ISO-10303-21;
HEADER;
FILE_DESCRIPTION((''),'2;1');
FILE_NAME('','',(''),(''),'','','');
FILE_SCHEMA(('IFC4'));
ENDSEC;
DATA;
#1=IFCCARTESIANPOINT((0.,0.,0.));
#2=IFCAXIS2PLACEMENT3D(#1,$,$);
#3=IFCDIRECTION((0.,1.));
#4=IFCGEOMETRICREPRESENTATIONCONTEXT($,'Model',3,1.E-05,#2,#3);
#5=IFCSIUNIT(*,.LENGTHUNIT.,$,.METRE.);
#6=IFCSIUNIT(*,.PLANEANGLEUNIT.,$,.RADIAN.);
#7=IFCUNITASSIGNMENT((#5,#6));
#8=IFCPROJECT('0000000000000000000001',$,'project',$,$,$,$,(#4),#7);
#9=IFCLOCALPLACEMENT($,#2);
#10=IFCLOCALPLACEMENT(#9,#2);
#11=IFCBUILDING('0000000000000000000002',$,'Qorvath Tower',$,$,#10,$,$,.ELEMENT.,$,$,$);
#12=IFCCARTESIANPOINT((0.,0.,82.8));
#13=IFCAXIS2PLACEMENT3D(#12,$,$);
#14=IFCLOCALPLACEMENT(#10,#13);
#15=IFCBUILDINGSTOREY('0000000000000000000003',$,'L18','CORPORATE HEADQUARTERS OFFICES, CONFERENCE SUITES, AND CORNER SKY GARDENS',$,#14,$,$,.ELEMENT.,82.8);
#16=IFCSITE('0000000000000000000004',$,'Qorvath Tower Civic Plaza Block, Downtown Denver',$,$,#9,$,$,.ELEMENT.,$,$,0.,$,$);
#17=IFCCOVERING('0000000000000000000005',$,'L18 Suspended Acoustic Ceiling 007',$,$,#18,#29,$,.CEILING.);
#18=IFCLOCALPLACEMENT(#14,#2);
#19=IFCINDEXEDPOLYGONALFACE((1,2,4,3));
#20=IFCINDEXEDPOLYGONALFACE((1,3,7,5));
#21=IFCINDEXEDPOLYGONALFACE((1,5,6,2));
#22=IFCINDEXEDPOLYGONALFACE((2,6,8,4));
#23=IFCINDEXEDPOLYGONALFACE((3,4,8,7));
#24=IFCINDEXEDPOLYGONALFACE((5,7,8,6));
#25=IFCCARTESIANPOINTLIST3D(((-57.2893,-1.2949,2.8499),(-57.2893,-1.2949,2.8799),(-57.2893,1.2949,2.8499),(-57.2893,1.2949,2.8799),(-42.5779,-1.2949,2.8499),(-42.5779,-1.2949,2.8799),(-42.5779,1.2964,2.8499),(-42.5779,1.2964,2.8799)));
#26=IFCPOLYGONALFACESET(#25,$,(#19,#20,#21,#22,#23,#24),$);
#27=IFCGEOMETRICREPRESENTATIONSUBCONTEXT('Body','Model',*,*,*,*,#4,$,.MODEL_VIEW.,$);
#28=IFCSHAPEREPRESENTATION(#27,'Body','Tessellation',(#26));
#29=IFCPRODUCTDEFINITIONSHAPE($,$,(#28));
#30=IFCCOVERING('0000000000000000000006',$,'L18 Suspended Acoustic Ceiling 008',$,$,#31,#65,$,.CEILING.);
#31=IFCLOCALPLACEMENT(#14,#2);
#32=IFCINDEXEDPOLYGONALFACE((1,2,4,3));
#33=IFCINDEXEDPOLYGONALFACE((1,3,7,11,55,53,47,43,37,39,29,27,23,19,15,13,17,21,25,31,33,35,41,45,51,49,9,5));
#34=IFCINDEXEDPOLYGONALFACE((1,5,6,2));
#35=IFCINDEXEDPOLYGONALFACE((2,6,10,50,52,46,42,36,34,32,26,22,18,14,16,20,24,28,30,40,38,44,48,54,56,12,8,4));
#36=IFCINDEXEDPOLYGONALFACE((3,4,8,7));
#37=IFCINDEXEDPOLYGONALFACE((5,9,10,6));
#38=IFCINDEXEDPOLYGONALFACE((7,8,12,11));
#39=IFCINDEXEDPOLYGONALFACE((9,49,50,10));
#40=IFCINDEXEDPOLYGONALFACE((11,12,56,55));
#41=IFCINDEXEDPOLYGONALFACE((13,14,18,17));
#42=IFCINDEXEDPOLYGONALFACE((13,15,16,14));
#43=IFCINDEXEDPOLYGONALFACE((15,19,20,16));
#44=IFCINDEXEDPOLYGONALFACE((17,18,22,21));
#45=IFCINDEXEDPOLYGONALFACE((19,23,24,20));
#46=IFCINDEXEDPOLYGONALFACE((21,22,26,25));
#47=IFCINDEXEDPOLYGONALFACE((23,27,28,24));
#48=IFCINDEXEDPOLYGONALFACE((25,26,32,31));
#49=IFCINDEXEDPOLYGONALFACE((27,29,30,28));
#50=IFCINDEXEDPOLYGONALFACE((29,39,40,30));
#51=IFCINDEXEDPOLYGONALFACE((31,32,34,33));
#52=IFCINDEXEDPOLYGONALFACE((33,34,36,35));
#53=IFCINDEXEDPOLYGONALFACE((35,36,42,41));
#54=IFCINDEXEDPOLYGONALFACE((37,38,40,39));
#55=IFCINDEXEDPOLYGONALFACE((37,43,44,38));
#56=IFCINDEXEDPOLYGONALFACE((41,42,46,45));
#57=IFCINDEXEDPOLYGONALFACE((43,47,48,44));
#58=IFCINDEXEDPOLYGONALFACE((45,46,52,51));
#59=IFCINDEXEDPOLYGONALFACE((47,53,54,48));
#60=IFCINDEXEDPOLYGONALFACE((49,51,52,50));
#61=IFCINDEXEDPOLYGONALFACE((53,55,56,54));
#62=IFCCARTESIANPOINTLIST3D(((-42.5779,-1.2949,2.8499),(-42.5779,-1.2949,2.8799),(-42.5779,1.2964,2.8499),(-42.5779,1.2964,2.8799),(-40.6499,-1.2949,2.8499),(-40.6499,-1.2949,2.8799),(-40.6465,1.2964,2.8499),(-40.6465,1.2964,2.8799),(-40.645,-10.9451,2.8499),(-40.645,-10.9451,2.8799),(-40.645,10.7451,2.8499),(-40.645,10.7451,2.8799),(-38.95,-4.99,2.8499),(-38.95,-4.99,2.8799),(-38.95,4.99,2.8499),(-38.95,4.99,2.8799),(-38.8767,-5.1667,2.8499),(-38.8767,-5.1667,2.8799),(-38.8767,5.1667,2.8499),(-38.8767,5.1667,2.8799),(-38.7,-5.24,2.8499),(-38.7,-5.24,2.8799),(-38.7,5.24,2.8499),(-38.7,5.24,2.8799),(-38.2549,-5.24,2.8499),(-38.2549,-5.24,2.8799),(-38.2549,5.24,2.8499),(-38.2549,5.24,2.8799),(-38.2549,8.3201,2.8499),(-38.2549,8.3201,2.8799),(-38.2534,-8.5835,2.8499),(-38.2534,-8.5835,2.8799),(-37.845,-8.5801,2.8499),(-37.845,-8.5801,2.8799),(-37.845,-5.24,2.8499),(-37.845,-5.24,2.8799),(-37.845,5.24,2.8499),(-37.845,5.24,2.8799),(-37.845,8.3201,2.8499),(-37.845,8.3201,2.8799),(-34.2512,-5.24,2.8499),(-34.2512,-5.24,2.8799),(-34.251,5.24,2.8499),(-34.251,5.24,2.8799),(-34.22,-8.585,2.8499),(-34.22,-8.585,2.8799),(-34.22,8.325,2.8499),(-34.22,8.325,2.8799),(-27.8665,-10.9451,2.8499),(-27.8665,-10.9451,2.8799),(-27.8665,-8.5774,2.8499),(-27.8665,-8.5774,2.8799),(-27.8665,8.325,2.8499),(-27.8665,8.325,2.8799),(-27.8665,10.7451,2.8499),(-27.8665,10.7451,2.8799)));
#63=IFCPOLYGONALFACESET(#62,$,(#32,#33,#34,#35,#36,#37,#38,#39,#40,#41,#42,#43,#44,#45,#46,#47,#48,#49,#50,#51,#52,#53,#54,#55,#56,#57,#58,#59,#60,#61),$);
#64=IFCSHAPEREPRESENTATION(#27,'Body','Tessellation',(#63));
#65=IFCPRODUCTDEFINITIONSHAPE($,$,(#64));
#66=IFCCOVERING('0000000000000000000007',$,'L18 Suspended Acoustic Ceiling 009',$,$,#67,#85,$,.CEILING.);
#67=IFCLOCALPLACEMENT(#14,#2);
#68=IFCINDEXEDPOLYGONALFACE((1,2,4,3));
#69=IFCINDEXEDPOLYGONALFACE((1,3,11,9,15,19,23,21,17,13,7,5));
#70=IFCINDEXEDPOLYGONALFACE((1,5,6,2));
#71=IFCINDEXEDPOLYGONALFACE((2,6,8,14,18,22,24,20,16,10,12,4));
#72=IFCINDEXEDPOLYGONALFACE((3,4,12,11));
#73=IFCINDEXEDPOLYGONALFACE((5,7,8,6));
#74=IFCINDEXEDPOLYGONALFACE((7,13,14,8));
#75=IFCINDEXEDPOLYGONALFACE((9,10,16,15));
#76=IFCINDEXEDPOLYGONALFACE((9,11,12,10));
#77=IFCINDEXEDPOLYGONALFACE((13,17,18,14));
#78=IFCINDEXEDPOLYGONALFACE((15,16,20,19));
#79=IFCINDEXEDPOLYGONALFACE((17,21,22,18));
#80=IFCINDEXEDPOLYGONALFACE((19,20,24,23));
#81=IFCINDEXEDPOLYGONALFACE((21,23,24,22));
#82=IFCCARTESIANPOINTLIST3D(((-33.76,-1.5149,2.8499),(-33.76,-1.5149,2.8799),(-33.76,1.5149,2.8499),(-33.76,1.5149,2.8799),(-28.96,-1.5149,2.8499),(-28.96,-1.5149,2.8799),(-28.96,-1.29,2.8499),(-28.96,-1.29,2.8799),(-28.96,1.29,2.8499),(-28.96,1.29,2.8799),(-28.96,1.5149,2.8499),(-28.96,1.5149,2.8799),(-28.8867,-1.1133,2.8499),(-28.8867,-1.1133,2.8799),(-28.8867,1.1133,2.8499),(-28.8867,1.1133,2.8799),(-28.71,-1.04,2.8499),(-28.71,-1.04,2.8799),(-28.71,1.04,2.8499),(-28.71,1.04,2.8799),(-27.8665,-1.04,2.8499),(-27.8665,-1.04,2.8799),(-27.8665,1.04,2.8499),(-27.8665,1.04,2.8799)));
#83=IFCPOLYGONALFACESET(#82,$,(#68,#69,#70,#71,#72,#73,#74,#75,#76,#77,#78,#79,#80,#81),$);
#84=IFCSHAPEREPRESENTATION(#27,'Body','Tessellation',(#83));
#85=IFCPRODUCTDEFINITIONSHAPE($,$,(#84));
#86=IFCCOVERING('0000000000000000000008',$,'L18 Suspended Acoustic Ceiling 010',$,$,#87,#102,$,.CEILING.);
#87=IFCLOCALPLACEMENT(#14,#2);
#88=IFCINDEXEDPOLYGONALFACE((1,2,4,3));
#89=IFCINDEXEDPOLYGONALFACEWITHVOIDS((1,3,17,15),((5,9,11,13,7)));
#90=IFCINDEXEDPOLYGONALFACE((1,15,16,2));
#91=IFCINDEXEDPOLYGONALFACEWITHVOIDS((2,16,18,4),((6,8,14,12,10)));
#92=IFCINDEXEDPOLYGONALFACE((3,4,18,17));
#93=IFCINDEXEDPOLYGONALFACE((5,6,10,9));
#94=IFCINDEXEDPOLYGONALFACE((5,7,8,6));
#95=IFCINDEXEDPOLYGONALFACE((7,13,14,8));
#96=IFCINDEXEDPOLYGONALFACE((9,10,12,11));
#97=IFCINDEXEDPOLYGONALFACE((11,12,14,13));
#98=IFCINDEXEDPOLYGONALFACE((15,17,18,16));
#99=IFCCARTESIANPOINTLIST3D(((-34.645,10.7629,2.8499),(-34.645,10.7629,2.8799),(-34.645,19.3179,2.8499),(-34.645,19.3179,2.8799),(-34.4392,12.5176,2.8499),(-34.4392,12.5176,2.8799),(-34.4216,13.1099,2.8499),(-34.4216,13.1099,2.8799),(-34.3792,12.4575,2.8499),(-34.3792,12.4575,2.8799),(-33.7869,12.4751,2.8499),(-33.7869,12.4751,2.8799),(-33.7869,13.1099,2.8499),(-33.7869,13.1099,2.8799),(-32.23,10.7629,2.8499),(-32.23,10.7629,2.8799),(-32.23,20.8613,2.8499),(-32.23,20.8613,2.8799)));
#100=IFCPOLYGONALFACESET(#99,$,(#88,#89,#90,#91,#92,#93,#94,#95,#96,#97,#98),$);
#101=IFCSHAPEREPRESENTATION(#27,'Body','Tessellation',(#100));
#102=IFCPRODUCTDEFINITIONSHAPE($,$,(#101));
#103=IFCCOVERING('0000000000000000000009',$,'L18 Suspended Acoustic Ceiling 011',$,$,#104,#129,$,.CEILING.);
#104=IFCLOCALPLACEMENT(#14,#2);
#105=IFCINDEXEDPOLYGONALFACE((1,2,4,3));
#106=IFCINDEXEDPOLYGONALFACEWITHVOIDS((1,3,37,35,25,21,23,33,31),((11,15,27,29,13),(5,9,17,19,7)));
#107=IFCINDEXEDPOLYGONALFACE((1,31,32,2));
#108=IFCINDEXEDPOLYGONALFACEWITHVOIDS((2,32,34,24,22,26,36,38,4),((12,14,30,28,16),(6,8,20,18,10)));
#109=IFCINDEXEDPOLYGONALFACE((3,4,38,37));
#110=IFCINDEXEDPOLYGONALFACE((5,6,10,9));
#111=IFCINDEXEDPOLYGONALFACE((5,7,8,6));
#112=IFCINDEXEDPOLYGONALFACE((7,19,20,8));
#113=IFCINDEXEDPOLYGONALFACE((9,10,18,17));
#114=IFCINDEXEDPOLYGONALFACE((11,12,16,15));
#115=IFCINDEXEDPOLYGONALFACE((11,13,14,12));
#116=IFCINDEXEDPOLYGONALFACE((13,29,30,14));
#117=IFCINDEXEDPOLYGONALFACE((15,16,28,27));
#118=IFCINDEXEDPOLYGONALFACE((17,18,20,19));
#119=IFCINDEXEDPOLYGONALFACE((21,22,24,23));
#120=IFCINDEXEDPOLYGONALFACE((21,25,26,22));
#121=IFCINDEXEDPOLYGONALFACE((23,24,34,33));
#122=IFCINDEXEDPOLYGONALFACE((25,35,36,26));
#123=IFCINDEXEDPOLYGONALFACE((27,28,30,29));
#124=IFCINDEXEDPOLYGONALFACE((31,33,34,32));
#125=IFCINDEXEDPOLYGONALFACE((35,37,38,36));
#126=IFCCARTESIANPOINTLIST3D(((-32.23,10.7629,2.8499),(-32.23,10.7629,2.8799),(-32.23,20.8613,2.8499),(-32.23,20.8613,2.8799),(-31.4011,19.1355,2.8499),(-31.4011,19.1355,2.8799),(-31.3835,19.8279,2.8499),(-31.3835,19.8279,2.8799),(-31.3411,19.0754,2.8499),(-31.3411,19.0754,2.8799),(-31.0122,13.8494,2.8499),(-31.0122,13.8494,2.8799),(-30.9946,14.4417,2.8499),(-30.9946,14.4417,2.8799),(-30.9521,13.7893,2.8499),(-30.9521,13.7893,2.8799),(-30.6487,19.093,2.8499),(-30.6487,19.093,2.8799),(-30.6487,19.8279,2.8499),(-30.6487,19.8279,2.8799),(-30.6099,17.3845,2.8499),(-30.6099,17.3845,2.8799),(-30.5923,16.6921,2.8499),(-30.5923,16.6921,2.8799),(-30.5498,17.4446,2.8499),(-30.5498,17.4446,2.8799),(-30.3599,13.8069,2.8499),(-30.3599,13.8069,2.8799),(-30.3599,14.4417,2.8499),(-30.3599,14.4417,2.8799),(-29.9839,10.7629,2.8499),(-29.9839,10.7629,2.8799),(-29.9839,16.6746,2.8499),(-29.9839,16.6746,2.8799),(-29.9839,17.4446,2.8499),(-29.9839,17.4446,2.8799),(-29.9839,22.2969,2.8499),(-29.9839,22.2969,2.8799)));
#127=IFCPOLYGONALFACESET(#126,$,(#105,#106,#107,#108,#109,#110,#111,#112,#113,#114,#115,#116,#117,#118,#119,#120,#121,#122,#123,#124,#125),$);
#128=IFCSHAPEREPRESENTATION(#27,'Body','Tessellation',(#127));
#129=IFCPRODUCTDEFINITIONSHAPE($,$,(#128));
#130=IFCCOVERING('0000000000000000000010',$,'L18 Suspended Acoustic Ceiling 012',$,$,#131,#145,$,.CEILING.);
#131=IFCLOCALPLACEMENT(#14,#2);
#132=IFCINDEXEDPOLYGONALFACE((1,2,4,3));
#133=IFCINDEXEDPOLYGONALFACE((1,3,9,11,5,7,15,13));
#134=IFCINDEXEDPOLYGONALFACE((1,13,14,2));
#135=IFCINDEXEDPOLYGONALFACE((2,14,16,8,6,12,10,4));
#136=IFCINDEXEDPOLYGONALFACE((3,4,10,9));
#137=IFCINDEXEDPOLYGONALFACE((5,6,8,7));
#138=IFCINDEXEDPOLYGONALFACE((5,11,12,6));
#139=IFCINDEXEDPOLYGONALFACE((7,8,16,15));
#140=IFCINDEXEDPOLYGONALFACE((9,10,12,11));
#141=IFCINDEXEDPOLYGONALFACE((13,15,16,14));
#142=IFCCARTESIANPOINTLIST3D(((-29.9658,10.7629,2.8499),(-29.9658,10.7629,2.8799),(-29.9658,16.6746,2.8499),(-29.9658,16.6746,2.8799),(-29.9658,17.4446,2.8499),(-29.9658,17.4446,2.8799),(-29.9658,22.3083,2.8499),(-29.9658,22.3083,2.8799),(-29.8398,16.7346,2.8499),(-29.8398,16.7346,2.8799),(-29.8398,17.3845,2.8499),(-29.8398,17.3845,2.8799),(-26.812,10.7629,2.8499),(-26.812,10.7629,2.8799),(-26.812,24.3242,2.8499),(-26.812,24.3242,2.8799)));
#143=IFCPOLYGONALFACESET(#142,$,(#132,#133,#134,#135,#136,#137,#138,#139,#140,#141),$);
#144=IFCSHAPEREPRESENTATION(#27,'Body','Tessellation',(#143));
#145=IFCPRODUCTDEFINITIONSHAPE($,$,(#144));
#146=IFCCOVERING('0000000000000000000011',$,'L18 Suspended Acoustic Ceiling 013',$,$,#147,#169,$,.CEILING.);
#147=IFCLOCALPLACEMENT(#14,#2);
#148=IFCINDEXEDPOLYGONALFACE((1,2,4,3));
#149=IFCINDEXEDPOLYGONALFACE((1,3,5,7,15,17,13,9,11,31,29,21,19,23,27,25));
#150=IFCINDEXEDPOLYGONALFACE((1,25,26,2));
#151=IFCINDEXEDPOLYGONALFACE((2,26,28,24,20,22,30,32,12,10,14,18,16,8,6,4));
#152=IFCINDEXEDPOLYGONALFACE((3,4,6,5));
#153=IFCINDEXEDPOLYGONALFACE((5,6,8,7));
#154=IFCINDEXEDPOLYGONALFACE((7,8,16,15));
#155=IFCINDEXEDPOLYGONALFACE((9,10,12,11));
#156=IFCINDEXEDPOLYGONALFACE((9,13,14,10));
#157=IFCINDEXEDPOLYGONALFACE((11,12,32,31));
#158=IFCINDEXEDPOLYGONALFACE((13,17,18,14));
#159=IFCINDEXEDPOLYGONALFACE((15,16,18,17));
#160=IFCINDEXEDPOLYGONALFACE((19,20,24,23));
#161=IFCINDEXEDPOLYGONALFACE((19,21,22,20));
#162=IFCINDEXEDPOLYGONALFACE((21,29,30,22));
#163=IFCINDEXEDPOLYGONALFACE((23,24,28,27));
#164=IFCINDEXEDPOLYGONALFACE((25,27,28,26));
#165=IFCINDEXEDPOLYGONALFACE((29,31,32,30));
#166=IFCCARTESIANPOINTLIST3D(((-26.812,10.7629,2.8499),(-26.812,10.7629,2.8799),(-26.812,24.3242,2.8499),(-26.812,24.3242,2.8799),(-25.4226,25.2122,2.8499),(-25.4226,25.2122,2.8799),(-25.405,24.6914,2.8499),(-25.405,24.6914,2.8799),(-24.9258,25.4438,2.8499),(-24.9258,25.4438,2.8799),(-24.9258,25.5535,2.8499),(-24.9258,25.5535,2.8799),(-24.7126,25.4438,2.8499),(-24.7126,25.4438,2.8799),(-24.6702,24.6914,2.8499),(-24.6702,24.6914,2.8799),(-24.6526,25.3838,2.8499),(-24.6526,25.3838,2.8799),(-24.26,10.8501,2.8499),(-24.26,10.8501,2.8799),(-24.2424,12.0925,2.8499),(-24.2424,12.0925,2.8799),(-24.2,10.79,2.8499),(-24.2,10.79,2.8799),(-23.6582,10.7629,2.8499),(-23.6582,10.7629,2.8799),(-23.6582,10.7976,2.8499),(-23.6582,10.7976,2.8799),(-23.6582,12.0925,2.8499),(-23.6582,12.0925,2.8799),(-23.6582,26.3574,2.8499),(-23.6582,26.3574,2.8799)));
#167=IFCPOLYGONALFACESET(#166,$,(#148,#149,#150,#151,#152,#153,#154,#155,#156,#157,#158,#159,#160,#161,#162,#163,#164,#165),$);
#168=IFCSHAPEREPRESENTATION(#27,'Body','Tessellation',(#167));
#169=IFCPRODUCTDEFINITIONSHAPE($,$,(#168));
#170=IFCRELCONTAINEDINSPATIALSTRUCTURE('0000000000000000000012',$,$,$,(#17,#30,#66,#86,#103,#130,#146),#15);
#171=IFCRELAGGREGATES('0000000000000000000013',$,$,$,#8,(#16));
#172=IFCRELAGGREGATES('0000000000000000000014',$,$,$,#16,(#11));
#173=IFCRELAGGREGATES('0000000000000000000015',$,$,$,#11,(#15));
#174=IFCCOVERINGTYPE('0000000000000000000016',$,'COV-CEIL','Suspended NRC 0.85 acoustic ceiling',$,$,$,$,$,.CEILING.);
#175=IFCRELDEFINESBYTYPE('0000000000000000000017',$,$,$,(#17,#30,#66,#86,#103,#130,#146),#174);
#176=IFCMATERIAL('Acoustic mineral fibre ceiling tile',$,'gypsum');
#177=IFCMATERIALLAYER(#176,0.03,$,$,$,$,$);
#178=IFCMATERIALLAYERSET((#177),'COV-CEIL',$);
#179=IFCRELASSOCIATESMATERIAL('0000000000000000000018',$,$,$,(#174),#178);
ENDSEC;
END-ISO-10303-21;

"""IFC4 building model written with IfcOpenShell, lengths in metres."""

from ifc_helpers import new_model, si_unit, direction, frame, origin, place, context, subcontext, project, spatial, polyline, outline, extrude, material, layer, layer_set, type_object, element, save


model = new_model("IFC4")

# Units and contexts
model_context = context("Model", 3, precision=1e-05, world=origin(), true_north=direction((0.0, 1.0)))
body_context = subcontext(model_context, "Body", "Model", "MODEL_VIEW")
ifc_project = project(units=[si_unit("LENGTHUNIT", "METRE"), si_unit("PLANEANGLEUNIT", "RADIAN")], contexts=[model_context])

# Site, building, storey
site_placement = place(None, origin())
site = spatial("IfcSite", under=ifc_project, at=site_placement, Name="Qorvath Tower Civic Plaza Block, Downtown Denver", CompositionType="ELEMENT", RefElevation=0.0)
building_placement = place(site_placement, origin())
building = spatial("IfcBuilding", under=site, at=building_placement, Name="Qorvath Tower", CompositionType="ELEMENT")
storey_placement = place(building_placement, frame((0.0, 0.0, 82.8)))
storey = spatial("IfcBuildingStorey", under=building, at=storey_placement, Name="L18", Description="CORPORATE HEADQUARTERS OFFICES, CONFERENCE SUITES, AND CORNER SKY GARDENS", CompositionType="ELEMENT", Elevation=82.8)

# Coverings
ifc_material_1 = material(Name="Acoustic mineral fibre ceiling tile", Category="gypsum")
ifc_layer_1 = layer(ifc_material_1, 0.03)
ifc_layer_set_1 = layer_set([ifc_layer_1], Name="COV-CEIL")
covering_type_1 = type_object("IfcCoveringType", Name="COV-CEIL", Description="Suspended NRC 0.85 acoustic ceiling", PredefinedType="CEILING", material=ifc_layer_set_1)
covering_1_placement = place(storey_placement, frame((0.0, 0.0, 2.8499)))
element("IfcCovering", 1, at=covering_1_placement, inside=storey, type_object=covering_type_1, Name="L18 Suspended Acoustic Ceiling 007", PredefinedType="CEILING", context=body_context, shape_type="SweptSolid", body=[
    extrude(outline(polyline([(-42.5779, -1.2949), (-42.5779, 1.2964), (-57.2893, 1.2949), (-57.2893, -1.2949), (-42.5779, -1.2949)])), origin(), (0.0, 0.0, 1.0), 0.03),
])
covering_2_placement = place(storey_placement, frame((0.0, 0.0, 2.8499)))
element("IfcCovering", 2, at=covering_2_placement, inside=storey, type_object=covering_type_1, Name="L18 Suspended Acoustic Ceiling 008", PredefinedType="CEILING", context=body_context, shape_type="SweptSolid", body=[
    extrude(outline(polyline([(-40.6499, -1.2949), (-40.645, -10.9451), (-27.8665, -10.9451), (-27.8665, -8.5774), (-34.22, -8.585), (-34.2512, -5.24), (-37.845, -5.24), (-37.845, -8.5801), (-38.2534, -8.5835), (-38.2549, -5.24), (-38.7, -5.24), (-38.8767, -5.1667), (-38.95, -4.99), (-38.95, 4.99), (-38.8767, 5.1667), (-38.7, 5.24), (-38.2549, 5.24), (-38.2549, 8.3201), (-37.845, 8.3201), (-37.845, 5.24), (-34.251, 5.24), (-34.22, 8.325), (-27.8665, 8.325), (-27.8665, 10.7451), (-40.645, 10.7451), (-40.6465, 1.2964), (-42.5779, 1.2964), (-42.5779, -1.2949), (-40.6499, -1.2949)])), origin(), (0.0, 0.0, 1.0), 0.03),
])
covering_3_placement = place(storey_placement, frame((0.0, 0.0, 2.8499)))
element("IfcCovering", 3, at=covering_3_placement, inside=storey, type_object=covering_type_1, Name="L18 Suspended Acoustic Ceiling 009", PredefinedType="CEILING", context=body_context, shape_type="SweptSolid", body=[
    extrude(outline(polyline([(-27.8665, -1.04), (-27.8665, 1.04), (-28.71, 1.04), (-28.8867, 1.1133), (-28.96, 1.29), (-28.96, 1.5149), (-33.76, 1.5149), (-33.76, -1.5149), (-28.96, -1.5149), (-28.96, -1.29), (-28.8867, -1.1133), (-28.71, -1.04), (-27.8665, -1.04)])), origin(), (0.0, 0.0, 1.0), 0.03),
])
covering_4_placement = place(storey_placement, frame((0.0, 0.0, 2.8499)))
element("IfcCovering", 4, at=covering_4_placement, inside=storey, type_object=covering_type_1, Name="L18 Suspended Acoustic Ceiling 010", PredefinedType="CEILING", context=body_context, shape_type="SweptSolid", body=[
    extrude(outline(polyline([(-32.23, 10.7629), (-32.23, 20.8613), (-34.645, 19.3179), (-34.645, 10.7629), (-32.23, 10.7629)]), holes=[polyline([(-34.4392, 12.5176), (-34.4216, 13.1099), (-33.7869, 13.1099), (-33.7869, 12.4751), (-34.3792, 12.4575), (-34.4392, 12.5176)])]), origin(), (0.0, 0.0, 1.0), 0.03),
])
covering_5_placement = place(storey_placement, frame((0.0, 0.0, 2.8499)))
element("IfcCovering", 5, at=covering_5_placement, inside=storey, type_object=covering_type_1, Name="L18 Suspended Acoustic Ceiling 011", PredefinedType="CEILING", context=body_context, shape_type="SweptSolid", body=[
    extrude(outline(polyline([(-29.9839, 17.4446), (-29.9839, 22.2969), (-32.23, 20.8613), (-32.23, 10.7629), (-29.9839, 10.7629), (-29.9839, 16.6746), (-30.5923, 16.6921), (-30.6099, 17.3845), (-30.5498, 17.4446), (-29.9839, 17.4446)]), holes=[polyline([(-31.0122, 13.8494), (-30.9946, 14.4417), (-30.3599, 14.4417), (-30.3599, 13.8069), (-30.9521, 13.7893), (-31.0122, 13.8494)]), polyline([(-31.4011, 19.1355), (-31.3835, 19.8279), (-30.6487, 19.8279), (-30.6487, 19.093), (-31.3411, 19.0754), (-31.4011, 19.1355)])]), origin(), (0.0, 0.0, 1.0), 0.03),
])
covering_6_placement = place(storey_placement, frame((0.0, 0.0, 2.8499)))
element("IfcCovering", 6, at=covering_6_placement, inside=storey, type_object=covering_type_1, Name="L18 Suspended Acoustic Ceiling 012", PredefinedType="CEILING", context=body_context, shape_type="SweptSolid", body=[
    extrude(outline(polyline([(-26.812, 10.7629), (-26.812, 24.3242), (-29.9658, 22.3083), (-29.9658, 17.4446), (-29.8398, 17.3845), (-29.8398, 16.7346), (-29.9658, 16.6746), (-29.9658, 10.7629), (-26.812, 10.7629)])), origin(), (0.0, 0.0, 1.0), 0.03),
])
covering_7_placement = place(storey_placement, frame((0.0, 0.0, 2.8499)))
element("IfcCovering", 7, at=covering_7_placement, inside=storey, type_object=covering_type_1, Name="L18 Suspended Acoustic Ceiling 013", PredefinedType="CEILING", context=body_context, shape_type="SweptSolid", body=[
    extrude(outline(polyline([(-23.6582, 10.7629), (-23.6582, 10.7976), (-24.2, 10.79), (-24.26, 10.8501), (-24.2424, 12.0925), (-23.6582, 12.0925), (-23.6582, 26.3574), (-24.9258, 25.5535), (-24.9258, 25.4438), (-24.7126, 25.4438), (-24.6526, 25.3838), (-24.6702, 24.6914), (-25.405, 24.6914), (-25.4226, 25.2122), (-26.812, 24.3242), (-26.812, 10.7629), (-23.6582, 10.7629)])), origin(), (0.0, 0.0, 1.0), 0.03),
])

save(model, "model.ifc")
